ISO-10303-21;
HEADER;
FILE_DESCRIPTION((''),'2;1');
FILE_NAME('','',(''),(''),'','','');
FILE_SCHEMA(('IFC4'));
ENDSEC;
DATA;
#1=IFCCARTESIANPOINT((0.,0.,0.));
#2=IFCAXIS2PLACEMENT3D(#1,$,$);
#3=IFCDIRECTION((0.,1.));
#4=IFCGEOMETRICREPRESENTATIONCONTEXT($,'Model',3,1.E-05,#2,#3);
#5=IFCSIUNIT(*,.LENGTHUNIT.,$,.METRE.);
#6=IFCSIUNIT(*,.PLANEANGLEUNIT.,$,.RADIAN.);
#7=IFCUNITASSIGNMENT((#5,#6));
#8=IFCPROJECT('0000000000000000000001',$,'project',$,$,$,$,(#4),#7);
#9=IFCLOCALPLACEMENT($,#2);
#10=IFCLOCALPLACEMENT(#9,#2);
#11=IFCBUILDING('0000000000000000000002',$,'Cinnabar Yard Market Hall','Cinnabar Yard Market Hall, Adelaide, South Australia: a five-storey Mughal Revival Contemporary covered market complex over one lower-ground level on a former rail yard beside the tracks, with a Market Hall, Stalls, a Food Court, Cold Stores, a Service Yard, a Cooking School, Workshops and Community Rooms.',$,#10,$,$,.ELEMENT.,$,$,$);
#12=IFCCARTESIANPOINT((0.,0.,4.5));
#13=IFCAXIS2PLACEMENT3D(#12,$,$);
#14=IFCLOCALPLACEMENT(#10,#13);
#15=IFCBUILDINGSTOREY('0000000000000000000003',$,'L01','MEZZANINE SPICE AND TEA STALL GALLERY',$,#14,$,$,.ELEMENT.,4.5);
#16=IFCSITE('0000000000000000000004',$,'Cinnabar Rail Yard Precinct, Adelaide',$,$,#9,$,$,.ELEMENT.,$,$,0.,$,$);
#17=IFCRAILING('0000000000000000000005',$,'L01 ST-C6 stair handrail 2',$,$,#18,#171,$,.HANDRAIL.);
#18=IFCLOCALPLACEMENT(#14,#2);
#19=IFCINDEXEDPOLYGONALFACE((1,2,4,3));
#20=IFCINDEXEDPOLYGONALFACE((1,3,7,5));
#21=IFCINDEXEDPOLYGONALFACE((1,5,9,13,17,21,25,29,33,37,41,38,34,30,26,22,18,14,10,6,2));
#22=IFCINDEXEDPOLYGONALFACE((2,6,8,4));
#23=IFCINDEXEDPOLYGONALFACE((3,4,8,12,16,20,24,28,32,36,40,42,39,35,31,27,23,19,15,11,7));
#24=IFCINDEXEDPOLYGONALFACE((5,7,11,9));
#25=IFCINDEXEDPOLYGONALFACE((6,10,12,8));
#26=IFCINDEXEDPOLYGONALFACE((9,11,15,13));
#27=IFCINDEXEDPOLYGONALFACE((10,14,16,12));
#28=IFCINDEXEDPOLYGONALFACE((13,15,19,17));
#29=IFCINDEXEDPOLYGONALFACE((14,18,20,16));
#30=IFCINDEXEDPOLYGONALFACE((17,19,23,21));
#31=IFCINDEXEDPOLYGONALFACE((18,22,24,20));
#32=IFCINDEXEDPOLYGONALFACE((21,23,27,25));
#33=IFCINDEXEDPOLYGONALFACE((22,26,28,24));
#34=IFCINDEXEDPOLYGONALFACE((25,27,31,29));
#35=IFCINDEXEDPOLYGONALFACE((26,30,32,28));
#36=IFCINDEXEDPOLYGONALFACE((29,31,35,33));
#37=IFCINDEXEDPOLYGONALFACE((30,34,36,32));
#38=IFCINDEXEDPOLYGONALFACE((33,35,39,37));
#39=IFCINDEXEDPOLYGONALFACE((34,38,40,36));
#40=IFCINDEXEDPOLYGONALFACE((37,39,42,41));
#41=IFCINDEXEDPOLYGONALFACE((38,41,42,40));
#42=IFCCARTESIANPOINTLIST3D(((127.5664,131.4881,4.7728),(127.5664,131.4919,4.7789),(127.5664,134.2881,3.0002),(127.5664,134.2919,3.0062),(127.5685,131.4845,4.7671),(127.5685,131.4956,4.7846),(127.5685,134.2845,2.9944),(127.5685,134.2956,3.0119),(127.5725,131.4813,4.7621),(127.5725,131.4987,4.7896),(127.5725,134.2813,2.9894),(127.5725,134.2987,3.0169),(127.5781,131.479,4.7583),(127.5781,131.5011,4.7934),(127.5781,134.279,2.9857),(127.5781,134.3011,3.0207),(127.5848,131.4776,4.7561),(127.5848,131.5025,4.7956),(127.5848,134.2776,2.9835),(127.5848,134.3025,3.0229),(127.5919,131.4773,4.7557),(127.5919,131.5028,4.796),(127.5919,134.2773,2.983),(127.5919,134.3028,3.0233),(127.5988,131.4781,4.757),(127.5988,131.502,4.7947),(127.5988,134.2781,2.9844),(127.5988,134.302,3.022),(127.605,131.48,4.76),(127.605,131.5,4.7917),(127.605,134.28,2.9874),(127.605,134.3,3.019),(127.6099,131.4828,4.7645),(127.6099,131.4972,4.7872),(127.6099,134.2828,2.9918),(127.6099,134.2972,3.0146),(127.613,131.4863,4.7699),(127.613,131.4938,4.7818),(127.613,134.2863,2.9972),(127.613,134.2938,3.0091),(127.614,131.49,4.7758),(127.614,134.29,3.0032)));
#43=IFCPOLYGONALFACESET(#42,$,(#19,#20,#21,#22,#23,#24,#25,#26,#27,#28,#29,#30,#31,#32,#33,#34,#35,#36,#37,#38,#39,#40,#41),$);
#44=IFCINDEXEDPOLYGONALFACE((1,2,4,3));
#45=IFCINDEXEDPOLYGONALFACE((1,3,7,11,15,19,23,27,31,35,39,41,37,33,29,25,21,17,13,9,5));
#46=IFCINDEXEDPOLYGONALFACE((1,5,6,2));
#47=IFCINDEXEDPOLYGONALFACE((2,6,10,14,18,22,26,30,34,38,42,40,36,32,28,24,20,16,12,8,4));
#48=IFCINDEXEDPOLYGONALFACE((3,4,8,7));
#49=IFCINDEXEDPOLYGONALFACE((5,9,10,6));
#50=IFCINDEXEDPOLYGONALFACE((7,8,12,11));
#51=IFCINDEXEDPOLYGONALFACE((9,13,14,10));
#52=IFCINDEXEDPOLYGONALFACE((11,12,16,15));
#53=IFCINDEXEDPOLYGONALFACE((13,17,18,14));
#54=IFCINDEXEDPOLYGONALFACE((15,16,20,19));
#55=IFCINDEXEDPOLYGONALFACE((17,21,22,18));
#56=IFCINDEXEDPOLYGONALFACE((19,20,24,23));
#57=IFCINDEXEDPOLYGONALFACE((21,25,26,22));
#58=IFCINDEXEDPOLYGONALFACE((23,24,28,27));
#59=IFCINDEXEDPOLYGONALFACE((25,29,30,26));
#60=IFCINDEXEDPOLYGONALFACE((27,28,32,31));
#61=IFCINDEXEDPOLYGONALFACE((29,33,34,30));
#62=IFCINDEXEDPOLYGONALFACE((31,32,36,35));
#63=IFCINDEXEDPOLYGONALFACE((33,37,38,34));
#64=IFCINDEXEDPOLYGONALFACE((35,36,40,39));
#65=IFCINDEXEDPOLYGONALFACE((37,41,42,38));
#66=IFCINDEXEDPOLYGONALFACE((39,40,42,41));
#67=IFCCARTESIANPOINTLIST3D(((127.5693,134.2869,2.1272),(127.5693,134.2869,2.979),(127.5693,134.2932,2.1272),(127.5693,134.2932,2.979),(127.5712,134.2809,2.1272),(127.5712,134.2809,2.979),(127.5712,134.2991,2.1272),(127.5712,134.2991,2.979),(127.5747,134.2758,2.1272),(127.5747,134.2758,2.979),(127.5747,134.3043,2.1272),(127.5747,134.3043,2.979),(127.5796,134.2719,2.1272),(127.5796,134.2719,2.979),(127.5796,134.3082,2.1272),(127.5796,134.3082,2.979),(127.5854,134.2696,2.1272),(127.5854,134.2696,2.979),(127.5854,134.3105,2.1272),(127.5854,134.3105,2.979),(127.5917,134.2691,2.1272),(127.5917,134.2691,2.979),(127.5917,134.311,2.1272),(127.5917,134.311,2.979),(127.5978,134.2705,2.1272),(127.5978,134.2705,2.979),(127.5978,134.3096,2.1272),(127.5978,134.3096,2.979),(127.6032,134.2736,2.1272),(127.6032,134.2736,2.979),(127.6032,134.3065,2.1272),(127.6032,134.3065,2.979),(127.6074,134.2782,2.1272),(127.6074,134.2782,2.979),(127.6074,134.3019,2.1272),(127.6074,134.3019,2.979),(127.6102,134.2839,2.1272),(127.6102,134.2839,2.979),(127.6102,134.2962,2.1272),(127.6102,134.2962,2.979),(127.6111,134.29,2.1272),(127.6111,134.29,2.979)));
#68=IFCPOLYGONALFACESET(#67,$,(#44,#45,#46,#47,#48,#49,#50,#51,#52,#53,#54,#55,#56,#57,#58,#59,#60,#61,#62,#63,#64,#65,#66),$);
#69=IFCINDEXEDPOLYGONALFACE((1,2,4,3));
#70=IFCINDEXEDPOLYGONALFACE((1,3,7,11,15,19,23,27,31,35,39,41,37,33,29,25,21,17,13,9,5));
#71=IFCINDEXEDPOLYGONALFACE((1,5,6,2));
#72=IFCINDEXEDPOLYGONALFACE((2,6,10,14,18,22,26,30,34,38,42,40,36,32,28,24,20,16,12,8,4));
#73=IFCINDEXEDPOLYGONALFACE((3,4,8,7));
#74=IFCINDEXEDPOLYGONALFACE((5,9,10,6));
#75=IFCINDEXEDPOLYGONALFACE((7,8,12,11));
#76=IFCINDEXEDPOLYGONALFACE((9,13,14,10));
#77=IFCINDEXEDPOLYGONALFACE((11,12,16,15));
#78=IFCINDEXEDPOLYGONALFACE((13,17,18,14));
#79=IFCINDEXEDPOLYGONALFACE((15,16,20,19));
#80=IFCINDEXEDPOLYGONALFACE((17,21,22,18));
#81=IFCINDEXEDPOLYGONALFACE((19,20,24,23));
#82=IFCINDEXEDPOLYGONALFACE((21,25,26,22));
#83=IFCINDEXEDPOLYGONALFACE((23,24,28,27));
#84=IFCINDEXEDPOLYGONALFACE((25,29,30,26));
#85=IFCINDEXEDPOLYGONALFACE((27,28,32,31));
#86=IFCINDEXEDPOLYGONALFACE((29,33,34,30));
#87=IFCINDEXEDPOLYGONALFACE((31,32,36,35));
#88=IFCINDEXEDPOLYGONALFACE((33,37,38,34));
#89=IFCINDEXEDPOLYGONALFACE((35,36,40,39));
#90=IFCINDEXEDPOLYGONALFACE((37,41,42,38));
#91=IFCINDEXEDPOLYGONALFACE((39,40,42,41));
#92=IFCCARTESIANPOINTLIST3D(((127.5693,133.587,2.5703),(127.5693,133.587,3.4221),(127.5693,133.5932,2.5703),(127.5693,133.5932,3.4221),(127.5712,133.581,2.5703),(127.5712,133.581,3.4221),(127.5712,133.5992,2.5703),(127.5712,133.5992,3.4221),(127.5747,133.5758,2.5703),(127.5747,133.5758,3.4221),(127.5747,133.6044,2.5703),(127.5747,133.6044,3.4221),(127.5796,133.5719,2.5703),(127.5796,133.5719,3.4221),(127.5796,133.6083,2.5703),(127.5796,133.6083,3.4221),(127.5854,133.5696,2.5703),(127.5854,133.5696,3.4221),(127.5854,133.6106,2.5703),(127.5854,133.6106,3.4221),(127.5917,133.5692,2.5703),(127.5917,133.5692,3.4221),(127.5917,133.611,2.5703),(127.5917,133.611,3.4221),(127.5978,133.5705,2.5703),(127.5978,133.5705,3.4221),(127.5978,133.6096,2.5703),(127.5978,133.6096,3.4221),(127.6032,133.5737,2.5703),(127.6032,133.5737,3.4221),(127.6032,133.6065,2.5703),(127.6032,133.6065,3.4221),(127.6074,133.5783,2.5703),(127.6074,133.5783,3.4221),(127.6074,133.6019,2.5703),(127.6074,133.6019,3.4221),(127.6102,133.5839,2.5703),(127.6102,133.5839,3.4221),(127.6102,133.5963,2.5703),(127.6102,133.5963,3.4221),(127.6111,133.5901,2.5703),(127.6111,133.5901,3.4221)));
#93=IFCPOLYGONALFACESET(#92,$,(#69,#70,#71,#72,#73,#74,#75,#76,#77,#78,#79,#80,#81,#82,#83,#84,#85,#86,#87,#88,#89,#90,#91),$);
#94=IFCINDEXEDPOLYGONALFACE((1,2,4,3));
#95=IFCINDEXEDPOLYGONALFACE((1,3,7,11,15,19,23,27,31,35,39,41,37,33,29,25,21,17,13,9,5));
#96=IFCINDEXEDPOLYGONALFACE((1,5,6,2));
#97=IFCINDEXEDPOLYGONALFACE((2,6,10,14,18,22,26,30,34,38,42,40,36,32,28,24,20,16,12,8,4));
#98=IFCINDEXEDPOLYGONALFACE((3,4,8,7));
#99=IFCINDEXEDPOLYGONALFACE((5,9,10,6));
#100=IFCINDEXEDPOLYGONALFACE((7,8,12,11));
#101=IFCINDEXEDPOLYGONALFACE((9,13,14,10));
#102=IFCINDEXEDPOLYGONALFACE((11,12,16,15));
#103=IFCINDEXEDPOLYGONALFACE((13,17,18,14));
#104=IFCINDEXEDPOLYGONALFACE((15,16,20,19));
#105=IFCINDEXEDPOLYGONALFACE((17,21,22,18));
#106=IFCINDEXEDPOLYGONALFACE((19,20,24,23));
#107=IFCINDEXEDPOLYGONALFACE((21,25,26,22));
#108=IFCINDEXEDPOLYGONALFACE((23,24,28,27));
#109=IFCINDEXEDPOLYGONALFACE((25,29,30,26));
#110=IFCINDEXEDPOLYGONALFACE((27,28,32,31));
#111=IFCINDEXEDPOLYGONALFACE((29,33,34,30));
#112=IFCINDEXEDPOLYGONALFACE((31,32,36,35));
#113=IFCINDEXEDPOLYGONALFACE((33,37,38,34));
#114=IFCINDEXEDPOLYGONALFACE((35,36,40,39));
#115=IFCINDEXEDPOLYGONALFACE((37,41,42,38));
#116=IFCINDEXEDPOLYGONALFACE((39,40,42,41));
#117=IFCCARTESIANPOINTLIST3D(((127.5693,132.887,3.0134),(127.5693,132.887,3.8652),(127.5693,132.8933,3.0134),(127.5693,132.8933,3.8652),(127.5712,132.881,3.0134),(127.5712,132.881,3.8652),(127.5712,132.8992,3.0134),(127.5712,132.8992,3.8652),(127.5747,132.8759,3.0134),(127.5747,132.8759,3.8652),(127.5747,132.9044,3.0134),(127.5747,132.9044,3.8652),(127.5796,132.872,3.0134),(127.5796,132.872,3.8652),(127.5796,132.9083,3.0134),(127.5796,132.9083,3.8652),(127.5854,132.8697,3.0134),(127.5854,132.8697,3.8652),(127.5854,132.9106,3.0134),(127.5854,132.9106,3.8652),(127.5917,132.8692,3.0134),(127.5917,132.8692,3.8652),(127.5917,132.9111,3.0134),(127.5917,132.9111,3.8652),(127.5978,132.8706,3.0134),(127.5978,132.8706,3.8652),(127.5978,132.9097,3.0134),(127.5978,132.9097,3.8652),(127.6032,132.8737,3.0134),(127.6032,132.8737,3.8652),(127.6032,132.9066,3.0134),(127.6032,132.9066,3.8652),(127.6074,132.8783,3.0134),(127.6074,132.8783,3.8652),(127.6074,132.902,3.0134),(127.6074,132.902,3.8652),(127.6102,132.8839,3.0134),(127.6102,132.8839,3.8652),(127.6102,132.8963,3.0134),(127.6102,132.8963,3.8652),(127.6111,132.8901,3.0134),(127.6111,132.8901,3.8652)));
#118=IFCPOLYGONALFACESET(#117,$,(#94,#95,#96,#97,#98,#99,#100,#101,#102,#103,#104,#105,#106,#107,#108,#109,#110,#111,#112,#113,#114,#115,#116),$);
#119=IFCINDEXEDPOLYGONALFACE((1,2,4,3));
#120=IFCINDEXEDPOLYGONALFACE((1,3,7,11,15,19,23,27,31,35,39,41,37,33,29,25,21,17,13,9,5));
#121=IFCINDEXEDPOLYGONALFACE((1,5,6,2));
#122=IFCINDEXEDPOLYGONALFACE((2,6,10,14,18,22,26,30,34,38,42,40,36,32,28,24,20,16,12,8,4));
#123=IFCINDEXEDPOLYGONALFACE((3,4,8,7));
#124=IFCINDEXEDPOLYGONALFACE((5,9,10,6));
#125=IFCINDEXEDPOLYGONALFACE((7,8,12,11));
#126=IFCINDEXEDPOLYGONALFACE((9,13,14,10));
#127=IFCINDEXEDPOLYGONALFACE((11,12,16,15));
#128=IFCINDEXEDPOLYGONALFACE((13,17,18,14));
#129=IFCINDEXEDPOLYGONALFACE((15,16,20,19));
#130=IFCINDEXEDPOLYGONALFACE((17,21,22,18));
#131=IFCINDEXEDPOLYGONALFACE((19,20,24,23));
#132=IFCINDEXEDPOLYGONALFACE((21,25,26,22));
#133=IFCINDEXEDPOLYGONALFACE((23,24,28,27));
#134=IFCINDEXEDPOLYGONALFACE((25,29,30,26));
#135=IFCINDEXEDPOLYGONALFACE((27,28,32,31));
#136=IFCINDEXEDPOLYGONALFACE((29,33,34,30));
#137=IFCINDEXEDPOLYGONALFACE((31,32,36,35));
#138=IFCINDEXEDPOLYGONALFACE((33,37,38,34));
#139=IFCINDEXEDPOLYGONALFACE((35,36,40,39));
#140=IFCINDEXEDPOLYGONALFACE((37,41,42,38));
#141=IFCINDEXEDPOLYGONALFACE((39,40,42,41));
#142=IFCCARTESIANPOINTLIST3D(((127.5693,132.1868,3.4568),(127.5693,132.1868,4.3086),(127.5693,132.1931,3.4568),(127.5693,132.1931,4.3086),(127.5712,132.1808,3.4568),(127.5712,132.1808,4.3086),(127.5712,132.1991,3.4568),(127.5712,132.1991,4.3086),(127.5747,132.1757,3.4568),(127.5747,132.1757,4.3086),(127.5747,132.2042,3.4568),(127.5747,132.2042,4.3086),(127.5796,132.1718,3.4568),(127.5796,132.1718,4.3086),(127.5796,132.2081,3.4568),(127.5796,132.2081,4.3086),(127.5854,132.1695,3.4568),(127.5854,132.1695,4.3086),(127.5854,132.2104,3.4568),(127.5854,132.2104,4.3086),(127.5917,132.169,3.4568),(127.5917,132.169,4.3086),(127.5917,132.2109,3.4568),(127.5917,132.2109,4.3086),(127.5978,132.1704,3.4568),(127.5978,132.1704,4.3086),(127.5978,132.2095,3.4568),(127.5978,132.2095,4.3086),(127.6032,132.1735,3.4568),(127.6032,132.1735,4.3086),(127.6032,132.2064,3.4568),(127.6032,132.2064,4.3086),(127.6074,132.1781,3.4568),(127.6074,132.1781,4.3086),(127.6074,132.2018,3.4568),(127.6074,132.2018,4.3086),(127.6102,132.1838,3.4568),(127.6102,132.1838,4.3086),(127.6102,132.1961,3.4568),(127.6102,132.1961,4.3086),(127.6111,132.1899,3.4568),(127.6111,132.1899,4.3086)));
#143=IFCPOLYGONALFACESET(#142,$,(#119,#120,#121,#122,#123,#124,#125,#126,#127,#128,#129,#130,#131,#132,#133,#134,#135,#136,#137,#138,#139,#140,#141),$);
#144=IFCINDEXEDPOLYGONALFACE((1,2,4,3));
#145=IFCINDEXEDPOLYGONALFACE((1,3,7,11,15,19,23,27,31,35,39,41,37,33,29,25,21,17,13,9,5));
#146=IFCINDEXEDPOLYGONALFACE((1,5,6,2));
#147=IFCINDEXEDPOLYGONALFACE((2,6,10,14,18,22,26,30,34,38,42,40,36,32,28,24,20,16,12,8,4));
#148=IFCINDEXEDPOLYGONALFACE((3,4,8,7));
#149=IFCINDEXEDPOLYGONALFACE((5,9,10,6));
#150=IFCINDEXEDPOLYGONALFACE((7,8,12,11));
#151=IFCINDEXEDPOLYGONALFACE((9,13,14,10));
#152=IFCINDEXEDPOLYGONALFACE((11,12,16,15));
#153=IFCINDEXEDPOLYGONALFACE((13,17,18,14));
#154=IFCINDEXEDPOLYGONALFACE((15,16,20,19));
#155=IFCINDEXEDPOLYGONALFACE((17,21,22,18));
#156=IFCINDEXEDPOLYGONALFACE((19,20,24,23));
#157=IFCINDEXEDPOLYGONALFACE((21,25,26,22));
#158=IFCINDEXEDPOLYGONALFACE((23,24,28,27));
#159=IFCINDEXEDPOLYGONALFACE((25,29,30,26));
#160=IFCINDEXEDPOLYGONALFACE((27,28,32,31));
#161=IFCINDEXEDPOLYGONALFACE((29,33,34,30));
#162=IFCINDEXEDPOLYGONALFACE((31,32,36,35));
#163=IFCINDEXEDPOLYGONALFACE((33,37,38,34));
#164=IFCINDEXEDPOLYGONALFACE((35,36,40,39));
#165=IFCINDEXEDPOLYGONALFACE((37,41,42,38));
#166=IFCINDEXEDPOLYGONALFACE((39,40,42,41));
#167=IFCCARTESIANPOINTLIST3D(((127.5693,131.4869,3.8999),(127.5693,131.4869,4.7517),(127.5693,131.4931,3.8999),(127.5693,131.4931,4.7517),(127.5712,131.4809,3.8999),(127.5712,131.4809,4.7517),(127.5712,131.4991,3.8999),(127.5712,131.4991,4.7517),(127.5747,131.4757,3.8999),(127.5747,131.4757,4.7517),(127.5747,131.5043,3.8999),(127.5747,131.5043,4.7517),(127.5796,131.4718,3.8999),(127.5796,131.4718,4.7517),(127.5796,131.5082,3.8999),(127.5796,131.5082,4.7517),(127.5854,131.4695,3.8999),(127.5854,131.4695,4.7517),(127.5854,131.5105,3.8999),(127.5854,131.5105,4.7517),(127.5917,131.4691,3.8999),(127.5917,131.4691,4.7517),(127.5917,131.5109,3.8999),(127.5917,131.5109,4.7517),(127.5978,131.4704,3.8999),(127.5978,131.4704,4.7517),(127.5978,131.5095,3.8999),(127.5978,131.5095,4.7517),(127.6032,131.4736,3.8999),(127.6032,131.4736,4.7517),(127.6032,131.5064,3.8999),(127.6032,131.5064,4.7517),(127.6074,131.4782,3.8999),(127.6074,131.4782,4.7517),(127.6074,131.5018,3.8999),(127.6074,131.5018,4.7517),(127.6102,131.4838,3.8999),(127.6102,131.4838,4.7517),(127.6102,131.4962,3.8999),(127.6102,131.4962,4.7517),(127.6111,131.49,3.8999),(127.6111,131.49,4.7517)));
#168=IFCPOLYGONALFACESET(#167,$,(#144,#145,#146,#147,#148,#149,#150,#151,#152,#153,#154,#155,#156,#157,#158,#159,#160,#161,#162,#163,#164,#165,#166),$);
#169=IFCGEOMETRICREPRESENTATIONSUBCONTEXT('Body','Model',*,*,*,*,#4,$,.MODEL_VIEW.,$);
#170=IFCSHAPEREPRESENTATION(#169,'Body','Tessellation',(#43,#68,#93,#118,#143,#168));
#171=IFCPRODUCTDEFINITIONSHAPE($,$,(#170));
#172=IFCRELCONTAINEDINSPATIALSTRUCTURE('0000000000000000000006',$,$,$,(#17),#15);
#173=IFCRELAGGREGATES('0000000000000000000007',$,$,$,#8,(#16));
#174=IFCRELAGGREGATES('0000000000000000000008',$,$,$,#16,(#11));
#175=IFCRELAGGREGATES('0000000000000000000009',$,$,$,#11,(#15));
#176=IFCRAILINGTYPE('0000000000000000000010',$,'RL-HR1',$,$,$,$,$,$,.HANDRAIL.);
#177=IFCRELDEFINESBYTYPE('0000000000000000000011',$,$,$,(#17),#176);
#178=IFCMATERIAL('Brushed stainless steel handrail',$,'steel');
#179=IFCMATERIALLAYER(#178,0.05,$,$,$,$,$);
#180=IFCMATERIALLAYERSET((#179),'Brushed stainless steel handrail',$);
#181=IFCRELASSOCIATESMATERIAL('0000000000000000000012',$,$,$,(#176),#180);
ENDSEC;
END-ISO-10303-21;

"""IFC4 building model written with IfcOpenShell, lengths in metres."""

from ifc_helpers import new_model, si_unit, direction, frame, origin, origin_2d_with_axis, place, context, subcontext, project, spatial, circle, extrude, material, layer, layer_set, type_object, element, save


model = new_model("IFC4")

# Units and contexts
model_context = context("Model", 3, precision=1e-05, world=origin(), true_north=direction((0.0, 1.0)))
body_context = subcontext(model_context, "Body", "Model", "MODEL_VIEW")
ifc_project = project(units=[si_unit("LENGTHUNIT", "METRE"), si_unit("PLANEANGLEUNIT", "RADIAN")], contexts=[model_context])

# Site, building, storey
site_placement = place(None, origin())
site = spatial("IfcSite", under=ifc_project, at=site_placement, Name="Cinnabar Rail Yard Precinct, Adelaide", CompositionType="ELEMENT", RefElevation=0.0)
building_placement = place(site_placement, origin())
building = spatial("IfcBuilding", under=site, at=building_placement, Name="Cinnabar Yard Market Hall", Description="Cinnabar Yard Market Hall, Adelaide, South Australia: a five-storey Mughal Revival Contemporary covered market complex over one lower-ground level on a former rail yard beside the tracks, with a Market Hall, Stalls, a Food Court, Cold Stores, a Service Yard, a Cooking School, Workshops and Community Rooms.", CompositionType="ELEMENT")
storey_placement = place(building_placement, frame((0.0, 0.0, 4.5)))
storey = spatial("IfcBuildingStorey", under=building, at=storey_placement, Name="L01", Description="MEZZANINE SPICE AND TEA STALL GALLERY", CompositionType="ELEMENT", Elevation=4.5)

# Railing
ifc_material_1 = material(Name="Brushed stainless steel handrail", Category="steel")
ifc_layer_1 = layer(ifc_material_1, 0.05)
ifc_layer_set_1 = layer_set([ifc_layer_1], Name="Brushed stainless steel handrail")
railing_type = type_object("IfcRailingType", Name="RL-HR1", PredefinedType="HANDRAIL", material=ifc_layer_set_1)
railing_placement = place(storey_placement, frame((127.5901, 134.29, 2.1272)))
element("IfcRailing", 1, at=railing_placement, inside=storey, type_object=railing_type, Name="L01 ST-C6 stair handrail 2", PredefinedType="HANDRAIL", context=body_context, shape_type="SweptSolid", body=[
    extrude(circle(Radius=0.0239, at=origin_2d_with_axis()), frame((0.0, 0.0, 0.876), z_axis=(0.0, -0.844909, 0.53491), x_axis=(1.0, 0.0, 0.0)), (0.0, 0.0, 1.0), 3.314),
    extrude(circle(Radius=0.021, at=origin_2d_with_axis()), origin(), (0.0, 0.0, 1.0), 0.8518),
    extrude(circle(Radius=0.021, at=origin_2d_with_axis()), frame((0.0, -0.7, 0.4431)), (0.0, 0.0, 1.0), 0.8518),
    extrude(circle(Radius=0.021, at=origin_2d_with_axis()), frame((0.0, -1.3999, 0.8862)), (0.0, 0.0, 1.0), 0.8518),
    extrude(circle(Radius=0.021, at=origin_2d_with_axis()), frame((0.0, -2.1001, 1.3296)), (0.0, 0.0, 1.0), 0.8518),
    extrude(circle(Radius=0.021, at=origin_2d_with_axis()), frame((0.0, -2.8, 1.7727)), (0.0, 0.0, 1.0), 0.8518),
])

save(model, "model.ifc")
